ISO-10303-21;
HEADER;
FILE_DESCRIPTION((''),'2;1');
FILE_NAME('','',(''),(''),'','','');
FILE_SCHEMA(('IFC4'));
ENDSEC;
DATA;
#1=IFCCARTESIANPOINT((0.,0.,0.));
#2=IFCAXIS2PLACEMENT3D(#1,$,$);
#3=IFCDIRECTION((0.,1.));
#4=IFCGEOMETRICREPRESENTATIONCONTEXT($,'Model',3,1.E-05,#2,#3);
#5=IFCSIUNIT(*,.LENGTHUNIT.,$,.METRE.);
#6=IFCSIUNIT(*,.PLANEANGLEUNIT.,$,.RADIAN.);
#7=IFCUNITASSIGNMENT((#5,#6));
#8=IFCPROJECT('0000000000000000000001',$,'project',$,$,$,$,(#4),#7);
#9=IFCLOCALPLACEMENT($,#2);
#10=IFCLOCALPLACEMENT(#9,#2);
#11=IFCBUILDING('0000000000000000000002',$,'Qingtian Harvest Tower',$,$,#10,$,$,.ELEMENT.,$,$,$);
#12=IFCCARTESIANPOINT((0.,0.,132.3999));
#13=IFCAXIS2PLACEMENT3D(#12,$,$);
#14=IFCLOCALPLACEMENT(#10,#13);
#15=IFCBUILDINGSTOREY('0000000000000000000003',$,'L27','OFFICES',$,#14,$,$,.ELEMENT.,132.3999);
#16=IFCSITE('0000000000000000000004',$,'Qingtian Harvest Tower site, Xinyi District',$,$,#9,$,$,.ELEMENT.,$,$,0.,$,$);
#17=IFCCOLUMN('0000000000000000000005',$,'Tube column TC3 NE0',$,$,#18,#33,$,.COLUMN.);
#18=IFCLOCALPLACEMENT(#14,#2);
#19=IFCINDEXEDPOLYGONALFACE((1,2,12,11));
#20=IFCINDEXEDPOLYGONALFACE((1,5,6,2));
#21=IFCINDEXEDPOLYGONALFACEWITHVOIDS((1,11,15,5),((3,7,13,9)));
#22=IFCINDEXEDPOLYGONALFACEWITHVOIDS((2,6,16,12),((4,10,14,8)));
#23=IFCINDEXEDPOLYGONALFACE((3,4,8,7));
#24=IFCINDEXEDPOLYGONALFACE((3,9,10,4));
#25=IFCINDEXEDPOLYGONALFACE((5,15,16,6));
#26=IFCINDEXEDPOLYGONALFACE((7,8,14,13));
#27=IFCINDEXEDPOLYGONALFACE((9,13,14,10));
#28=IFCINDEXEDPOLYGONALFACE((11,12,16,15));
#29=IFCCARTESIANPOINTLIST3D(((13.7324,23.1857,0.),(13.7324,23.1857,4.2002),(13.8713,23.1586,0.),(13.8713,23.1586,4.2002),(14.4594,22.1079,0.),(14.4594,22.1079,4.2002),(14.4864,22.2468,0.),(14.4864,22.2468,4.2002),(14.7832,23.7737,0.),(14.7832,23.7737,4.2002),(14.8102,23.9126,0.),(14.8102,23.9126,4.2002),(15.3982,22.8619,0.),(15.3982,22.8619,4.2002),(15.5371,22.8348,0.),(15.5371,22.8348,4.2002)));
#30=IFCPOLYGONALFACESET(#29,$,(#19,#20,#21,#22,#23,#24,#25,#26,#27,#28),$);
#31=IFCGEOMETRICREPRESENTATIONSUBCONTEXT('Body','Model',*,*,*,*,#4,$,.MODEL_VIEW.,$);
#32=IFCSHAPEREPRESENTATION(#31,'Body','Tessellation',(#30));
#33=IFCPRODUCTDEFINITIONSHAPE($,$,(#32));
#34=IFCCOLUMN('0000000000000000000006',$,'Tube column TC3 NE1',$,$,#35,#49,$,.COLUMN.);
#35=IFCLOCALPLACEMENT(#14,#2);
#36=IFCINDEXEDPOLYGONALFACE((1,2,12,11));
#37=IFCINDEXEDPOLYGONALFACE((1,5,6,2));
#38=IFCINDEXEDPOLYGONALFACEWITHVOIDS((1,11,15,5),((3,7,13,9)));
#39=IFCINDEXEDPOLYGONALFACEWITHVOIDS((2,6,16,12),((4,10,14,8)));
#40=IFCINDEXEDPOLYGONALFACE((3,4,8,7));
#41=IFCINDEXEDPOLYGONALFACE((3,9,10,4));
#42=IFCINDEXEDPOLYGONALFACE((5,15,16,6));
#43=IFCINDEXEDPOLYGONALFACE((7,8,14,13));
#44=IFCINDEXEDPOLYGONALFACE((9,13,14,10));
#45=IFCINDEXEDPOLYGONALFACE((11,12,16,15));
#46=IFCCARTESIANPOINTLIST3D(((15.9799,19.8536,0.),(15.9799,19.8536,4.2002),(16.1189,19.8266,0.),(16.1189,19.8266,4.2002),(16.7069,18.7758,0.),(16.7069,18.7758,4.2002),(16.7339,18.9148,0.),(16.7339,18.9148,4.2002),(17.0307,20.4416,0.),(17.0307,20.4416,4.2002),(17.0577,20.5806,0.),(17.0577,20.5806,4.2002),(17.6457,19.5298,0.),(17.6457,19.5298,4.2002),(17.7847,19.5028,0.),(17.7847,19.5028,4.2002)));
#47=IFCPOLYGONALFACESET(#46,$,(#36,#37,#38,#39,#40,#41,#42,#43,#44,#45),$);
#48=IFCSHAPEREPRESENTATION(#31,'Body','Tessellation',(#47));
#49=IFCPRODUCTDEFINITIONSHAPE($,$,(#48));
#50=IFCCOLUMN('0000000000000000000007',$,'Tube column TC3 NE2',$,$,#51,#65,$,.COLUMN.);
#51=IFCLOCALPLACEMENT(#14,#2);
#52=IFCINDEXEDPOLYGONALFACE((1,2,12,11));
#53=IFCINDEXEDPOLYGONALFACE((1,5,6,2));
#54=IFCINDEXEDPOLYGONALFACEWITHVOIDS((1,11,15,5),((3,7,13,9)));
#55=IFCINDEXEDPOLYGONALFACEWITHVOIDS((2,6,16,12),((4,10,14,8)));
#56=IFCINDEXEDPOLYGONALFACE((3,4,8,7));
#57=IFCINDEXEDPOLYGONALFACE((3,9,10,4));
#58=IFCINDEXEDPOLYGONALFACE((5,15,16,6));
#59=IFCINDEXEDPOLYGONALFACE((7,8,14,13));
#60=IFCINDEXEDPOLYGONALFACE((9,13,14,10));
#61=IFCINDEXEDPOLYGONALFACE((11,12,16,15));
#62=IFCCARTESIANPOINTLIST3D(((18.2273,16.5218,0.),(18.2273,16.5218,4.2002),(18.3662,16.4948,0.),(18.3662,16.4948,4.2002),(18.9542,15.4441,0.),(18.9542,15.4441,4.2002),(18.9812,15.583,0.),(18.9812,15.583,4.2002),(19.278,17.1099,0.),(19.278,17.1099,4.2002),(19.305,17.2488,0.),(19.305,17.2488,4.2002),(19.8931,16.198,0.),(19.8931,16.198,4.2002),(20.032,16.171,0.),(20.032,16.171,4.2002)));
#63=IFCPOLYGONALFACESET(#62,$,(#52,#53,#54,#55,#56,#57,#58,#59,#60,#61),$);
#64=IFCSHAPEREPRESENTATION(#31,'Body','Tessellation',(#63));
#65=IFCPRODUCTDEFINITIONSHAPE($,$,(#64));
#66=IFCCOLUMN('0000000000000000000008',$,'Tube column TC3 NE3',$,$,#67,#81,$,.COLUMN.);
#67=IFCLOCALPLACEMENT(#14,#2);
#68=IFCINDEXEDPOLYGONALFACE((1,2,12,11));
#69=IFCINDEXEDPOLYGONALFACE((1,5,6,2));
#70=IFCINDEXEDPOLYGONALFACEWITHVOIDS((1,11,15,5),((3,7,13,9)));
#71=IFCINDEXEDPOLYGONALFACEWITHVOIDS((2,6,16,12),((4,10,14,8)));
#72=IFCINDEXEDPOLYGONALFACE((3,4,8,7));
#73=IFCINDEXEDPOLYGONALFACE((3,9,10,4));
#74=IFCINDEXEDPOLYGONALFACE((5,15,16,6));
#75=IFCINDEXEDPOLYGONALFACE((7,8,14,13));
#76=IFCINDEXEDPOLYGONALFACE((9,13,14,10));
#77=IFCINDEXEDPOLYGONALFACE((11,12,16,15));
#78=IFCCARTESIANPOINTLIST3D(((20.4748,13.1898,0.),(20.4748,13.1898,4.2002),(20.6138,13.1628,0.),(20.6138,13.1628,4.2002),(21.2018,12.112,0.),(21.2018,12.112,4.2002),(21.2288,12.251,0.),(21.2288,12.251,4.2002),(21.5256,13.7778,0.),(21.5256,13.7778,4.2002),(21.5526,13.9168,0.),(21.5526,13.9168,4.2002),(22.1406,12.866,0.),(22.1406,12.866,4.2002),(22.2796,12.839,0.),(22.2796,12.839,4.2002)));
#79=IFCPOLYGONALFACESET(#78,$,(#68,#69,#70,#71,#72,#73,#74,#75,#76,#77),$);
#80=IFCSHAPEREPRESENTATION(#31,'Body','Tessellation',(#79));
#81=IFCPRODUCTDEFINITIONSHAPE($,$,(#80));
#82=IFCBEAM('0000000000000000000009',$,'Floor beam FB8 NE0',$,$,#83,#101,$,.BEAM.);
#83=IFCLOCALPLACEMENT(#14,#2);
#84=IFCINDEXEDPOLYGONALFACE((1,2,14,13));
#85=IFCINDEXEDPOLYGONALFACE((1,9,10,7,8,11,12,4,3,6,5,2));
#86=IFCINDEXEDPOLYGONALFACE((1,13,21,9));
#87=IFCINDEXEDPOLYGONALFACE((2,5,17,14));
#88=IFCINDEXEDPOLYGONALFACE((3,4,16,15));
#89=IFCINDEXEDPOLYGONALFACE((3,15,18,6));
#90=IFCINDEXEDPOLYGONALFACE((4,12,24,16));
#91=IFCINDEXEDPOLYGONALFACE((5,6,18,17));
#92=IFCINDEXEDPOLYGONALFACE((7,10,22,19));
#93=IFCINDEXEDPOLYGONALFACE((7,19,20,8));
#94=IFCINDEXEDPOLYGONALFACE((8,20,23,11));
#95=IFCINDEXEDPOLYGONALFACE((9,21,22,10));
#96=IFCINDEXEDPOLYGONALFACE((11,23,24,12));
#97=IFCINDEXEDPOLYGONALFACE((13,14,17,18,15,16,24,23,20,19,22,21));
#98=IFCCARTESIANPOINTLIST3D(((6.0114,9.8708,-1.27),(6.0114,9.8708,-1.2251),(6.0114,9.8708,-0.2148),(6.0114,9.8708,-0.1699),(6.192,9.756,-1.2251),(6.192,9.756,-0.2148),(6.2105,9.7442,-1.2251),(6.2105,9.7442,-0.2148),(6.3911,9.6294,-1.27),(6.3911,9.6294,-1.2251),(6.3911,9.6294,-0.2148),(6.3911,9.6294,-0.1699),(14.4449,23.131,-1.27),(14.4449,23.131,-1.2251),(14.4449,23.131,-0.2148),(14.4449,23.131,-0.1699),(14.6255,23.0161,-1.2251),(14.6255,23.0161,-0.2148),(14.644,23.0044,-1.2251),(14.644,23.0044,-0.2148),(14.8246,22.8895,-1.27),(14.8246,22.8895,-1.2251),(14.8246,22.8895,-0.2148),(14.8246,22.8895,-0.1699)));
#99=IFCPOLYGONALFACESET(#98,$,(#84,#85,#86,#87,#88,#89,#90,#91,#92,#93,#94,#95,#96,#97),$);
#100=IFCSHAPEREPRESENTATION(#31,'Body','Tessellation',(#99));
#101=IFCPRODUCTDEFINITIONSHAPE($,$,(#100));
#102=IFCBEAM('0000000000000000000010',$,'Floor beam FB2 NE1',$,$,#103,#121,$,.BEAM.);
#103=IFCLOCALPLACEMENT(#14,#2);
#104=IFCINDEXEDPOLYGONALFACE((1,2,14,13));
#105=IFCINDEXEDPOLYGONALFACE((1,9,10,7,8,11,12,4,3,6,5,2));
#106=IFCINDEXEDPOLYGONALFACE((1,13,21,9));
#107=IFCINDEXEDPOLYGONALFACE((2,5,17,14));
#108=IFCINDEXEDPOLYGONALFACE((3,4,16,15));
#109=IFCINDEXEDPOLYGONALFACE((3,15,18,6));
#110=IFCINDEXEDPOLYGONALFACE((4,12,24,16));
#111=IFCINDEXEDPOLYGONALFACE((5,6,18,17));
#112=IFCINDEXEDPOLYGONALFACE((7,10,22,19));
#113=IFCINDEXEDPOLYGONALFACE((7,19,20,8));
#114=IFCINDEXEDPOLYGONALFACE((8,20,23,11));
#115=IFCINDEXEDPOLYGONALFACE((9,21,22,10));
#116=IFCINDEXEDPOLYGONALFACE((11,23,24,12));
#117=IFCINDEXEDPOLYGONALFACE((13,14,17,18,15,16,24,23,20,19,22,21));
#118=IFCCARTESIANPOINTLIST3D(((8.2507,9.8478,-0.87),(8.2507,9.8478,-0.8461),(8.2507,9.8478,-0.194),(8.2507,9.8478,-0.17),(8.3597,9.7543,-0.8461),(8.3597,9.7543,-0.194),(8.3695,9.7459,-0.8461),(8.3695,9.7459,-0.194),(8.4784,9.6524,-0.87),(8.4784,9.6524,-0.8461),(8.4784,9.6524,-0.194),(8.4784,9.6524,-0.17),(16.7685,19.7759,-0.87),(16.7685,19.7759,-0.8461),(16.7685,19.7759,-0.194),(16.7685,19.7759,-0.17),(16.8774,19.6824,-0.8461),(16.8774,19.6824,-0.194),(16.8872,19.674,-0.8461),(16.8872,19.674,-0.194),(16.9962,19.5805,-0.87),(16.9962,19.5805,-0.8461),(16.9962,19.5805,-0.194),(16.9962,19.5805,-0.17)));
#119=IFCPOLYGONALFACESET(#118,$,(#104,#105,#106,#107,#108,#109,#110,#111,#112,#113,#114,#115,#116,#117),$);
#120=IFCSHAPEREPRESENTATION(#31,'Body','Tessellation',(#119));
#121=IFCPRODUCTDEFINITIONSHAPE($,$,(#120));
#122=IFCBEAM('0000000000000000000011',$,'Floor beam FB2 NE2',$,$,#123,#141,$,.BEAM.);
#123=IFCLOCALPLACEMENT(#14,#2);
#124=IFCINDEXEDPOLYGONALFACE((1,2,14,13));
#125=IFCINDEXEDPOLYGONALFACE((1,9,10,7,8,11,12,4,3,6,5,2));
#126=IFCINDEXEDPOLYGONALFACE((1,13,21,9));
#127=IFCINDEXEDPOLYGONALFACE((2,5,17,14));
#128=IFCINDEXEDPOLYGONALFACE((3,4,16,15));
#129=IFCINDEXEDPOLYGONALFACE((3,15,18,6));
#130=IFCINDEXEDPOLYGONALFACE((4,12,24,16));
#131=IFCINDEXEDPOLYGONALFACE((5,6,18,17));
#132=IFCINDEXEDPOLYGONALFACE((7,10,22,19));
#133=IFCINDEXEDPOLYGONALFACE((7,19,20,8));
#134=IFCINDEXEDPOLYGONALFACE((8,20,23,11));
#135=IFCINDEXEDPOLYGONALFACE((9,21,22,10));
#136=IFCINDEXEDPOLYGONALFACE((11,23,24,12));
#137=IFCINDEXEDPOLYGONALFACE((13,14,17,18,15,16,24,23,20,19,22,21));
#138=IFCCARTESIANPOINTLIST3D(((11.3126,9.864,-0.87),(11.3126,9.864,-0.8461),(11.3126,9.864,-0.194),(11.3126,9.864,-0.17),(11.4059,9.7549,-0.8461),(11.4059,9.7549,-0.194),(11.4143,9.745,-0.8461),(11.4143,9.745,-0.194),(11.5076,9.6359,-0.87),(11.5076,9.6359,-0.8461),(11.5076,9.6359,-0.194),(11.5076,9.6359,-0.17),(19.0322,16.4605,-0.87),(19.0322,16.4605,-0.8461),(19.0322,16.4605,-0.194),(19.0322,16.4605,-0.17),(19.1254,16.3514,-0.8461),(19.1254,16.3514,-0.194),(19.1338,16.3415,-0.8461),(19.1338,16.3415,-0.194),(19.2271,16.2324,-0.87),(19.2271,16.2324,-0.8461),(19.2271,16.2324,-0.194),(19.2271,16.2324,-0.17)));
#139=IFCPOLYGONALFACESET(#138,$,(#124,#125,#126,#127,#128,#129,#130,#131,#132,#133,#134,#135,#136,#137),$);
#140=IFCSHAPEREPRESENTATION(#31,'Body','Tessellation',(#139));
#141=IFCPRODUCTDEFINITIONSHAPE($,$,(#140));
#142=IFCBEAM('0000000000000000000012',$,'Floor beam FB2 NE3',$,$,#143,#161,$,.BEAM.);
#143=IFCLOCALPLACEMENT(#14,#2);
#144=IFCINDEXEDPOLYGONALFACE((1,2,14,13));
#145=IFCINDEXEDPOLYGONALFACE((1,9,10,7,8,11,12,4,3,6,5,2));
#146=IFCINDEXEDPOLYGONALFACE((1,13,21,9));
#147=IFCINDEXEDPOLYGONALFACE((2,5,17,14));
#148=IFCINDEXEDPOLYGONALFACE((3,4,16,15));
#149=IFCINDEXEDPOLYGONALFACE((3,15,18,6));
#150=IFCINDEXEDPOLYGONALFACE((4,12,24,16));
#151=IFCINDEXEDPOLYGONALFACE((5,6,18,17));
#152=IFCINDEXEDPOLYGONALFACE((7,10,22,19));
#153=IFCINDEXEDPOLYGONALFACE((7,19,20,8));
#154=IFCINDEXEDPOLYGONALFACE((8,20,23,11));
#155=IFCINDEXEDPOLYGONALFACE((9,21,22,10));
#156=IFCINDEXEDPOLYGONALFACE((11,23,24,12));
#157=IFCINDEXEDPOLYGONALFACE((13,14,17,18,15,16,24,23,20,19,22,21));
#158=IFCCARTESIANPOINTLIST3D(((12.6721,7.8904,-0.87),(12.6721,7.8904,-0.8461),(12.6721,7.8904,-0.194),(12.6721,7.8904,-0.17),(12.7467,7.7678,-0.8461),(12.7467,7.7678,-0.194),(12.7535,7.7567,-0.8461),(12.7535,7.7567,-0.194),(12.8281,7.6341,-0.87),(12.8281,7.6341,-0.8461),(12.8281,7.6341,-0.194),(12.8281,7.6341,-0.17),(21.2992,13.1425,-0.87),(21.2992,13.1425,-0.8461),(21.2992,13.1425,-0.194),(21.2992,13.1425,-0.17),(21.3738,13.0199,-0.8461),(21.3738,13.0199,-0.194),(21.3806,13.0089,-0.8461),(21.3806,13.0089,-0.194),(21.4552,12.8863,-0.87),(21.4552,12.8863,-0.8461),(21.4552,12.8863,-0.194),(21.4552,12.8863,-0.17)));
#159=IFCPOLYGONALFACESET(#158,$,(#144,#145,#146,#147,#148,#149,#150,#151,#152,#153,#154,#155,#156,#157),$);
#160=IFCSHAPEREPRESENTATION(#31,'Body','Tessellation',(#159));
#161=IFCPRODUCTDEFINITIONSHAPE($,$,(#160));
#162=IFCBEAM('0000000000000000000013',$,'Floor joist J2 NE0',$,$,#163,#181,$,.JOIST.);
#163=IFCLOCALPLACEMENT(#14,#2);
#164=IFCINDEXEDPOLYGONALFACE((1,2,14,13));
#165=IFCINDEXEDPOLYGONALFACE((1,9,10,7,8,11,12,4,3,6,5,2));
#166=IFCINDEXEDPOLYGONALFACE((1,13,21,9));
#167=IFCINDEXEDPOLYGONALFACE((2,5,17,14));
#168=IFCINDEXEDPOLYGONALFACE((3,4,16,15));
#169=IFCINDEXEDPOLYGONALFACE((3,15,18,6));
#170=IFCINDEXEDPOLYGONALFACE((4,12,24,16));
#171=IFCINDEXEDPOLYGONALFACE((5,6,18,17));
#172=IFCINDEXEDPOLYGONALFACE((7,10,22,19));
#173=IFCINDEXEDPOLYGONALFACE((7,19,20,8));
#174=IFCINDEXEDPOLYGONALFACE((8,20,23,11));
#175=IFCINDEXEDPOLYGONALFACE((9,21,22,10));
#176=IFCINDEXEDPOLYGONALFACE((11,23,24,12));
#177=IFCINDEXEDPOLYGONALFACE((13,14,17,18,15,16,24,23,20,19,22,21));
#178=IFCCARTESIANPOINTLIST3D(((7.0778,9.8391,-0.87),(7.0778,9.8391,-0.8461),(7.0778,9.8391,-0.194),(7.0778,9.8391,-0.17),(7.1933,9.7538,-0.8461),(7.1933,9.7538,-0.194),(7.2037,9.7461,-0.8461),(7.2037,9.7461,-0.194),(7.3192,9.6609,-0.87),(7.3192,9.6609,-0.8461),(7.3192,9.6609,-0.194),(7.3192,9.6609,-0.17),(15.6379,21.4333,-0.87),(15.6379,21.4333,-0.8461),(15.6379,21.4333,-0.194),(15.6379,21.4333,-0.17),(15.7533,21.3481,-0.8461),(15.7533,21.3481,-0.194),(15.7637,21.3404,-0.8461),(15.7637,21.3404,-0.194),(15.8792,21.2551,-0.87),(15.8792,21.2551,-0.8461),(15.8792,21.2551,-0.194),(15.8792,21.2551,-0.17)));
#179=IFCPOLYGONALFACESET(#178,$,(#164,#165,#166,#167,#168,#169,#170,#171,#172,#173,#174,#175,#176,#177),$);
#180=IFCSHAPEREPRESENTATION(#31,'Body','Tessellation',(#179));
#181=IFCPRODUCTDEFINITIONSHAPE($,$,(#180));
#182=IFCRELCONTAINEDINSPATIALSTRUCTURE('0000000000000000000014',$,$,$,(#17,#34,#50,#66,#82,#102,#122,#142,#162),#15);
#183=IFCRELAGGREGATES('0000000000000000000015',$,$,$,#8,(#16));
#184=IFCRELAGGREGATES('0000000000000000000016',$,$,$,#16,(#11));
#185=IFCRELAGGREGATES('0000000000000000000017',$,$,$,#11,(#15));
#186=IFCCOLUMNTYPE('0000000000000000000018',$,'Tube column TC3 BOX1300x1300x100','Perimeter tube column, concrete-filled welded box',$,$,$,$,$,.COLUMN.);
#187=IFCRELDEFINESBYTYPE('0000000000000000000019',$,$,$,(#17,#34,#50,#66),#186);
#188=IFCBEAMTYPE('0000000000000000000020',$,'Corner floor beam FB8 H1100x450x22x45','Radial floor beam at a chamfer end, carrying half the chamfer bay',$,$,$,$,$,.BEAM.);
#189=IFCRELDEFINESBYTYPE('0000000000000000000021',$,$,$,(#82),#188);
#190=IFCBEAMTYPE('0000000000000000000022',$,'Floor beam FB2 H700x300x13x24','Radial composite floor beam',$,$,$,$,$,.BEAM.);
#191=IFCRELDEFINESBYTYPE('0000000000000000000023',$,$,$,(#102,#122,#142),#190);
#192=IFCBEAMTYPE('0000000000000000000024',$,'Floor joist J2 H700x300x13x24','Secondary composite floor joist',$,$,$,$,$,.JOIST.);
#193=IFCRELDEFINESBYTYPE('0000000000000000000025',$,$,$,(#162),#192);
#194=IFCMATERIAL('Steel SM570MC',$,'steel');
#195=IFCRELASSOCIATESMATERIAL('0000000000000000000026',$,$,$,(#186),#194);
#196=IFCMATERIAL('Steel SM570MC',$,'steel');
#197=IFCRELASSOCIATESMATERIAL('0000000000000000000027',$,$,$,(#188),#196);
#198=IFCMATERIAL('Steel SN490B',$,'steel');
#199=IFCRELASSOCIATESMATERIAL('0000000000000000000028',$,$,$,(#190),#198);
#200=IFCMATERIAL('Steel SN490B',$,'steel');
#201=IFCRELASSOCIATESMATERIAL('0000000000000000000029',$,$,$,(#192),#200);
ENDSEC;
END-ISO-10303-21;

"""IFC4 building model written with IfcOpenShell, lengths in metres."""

from ifc_helpers import new_model, si_unit, direction, frame, origin, origin_2d, place, context, subcontext, project, spatial, hollow_rectangle, i_section, extrude, material, material_profile, profile_set, type_object, element, save


model = new_model("IFC4")

# Units and contexts
model_context = context("Model", 3, precision=1e-05, world=origin(), true_north=direction((0.0, 1.0)))
body_context = subcontext(model_context, "Body", "Model", "MODEL_VIEW")
ifc_project = project(units=[si_unit("LENGTHUNIT", "METRE"), si_unit("PLANEANGLEUNIT", "RADIAN")], contexts=[model_context])

# Site, building, storey
site_placement = place(None, origin())
site = spatial("IfcSite", under=ifc_project, at=site_placement, Name="Qingtian Harvest Tower site, Xinyi District", CompositionType="ELEMENT", RefElevation=0.0)
building_placement = place(site_placement, origin())
building = spatial("IfcBuilding", under=site, at=building_placement, Name="Qingtian Harvest Tower", CompositionType="ELEMENT")
storey_placement = place(building_placement, frame((0.0, 0.0, 132.3999)))
storey = spatial("IfcBuildingStorey", under=building, at=storey_placement, Name="L27", Description="OFFICES", CompositionType="ELEMENT", Elevation=132.3999)

# Columns
ifc_material_1 = material(Name="Steel SM570MC", Category="steel")
ifc_material_profile_1 = material_profile(ifc_material_1, hollow_rectangle(XDim=1.3, YDim=1.3, WallThickness=0.1001, at=origin_2d()), Name="BOX1300x1300x100")
ifc_profile_set_1 = profile_set([ifc_material_profile_1], Name="Steel SM570MC")
column_type = type_object("IfcColumnType", Name="Tube column TC3 BOX1300x1300x100", Description="Perimeter tube column, concrete-filled welded box", PredefinedType="COLUMN", material=ifc_profile_set_1)
for number, where, z_axis, x_axis, name in (
    (1, (14.6348, 23.0103, 0.0), (0.0, 0.0, 1.0), (-0.559193, 0.829038, 0.0), "Tube column TC3 NE0"),
    (2, (16.8823, 19.6782, 0.0), (0.0, 0.0, 1.0), (-0.559193, 0.829038, 0.0), "Tube column TC3 NE1"),
    (3, (19.1296, 16.3464, 0.0), (0.0, 0.0, 1.0), (-0.559193, 0.829038, 0.0), "Tube column TC3 NE2"),
    (4, (21.3772, 13.0144, 0.0), (0.0, 0.0, 1.0), (-0.559193, 0.829038, 0.0), "Tube column TC3 NE3"),
):
    element("IfcColumn", number, at=place(storey_placement, frame(where, z_axis=z_axis, x_axis=x_axis)), inside=storey, type_object=column_type, Name=name, PredefinedType="COLUMN", context=body_context, shape_type="SweptSolid", body=[
        extrude(hollow_rectangle(XDim=1.3, YDim=1.3, WallThickness=0.1001, at=origin_2d()), origin(), (0.0, 0.0, 1.0), 4.2002),
    ])

# Beams
ifc_material_2 = material(Name="Steel SM570MC", Category="steel")
ifc_material_profile_2 = material_profile(ifc_material_2, i_section(OverallWidth=0.45, OverallDepth=1.1001, WebThickness=0.022, FlangeThickness=0.0449, at=origin_2d()), Name="H1100x450x22x45")
ifc_profile_set_2 = profile_set([ifc_material_profile_2], Name="Steel SM570MC")
beam_type_1 = type_object("IfcBeamType", Name="Corner floor beam FB8 H1100x450x22x45", Description="Radial floor beam at a chamfer end, carrying half the chamfer bay", PredefinedType="BEAM", material=ifc_profile_set_2)
beam_1_placement = place(storey_placement, frame((14.6348, 23.0103, -0.72), z_axis=(-0.53666, -0.843798, 0.0), x_axis=(0.843798, -0.53666, 0.0)))
element("IfcBeam", 5, at=beam_1_placement, inside=storey, type_object=beam_type_1, Name="Floor beam FB8 NE0", PredefinedType="BEAM", context=body_context, shape_type="SweptSolid", body=[
    extrude(i_section(OverallWidth=0.45, OverallDepth=1.1001, WebThickness=0.022, FlangeThickness=0.0449, at=origin_2d()), origin(), (0.0, 0.0, 1.0), 15.7148),
])
ifc_material_3 = material(Name="Steel SN490B", Category="steel")
ifc_material_profile_3 = material_profile(ifc_material_3, i_section(OverallWidth=0.3, OverallDepth=0.7, WebThickness=0.0129, FlangeThickness=0.0239, at=origin_2d()), Name="H700x300x13x24")
ifc_profile_set_3 = profile_set([ifc_material_profile_3], Name="Steel SN490B")
beam_type_2 = type_object("IfcBeamType", Name="Floor beam FB2 H700x300x13x24", Description="Radial composite floor beam", PredefinedType="BEAM", material=ifc_profile_set_3)
beam_2_placement = place(storey_placement, frame((16.8823, 19.6782, -0.52), z_axis=(-0.65114, -0.758957, 0.0), x_axis=(0.758957, -0.65114, 0.0)))
element("IfcBeam", 6, at=beam_2_placement, inside=storey, type_object=beam_type_2, Name="Floor beam FB2 NE1", PredefinedType="BEAM", context=body_context, shape_type="SweptSolid", body=[
    extrude(i_section(OverallWidth=0.3, OverallDepth=0.7, WebThickness=0.0129, FlangeThickness=0.0239, at=origin_2d()), origin(), (0.0, 0.0, 1.0), 13.0813),
])
beam_3_placement = place(storey_placement, frame((19.1296, 16.3464, -0.52), z_axis=(-0.760242, -0.64964, 0.0), x_axis=(0.64964, -0.760242, 0.0)))
element("IfcBeam", 7, at=beam_3_placement, inside=storey, type_object=beam_type_2, Name="Floor beam FB2 NE2", PredefinedType="BEAM", context=body_context, shape_type="SweptSolid", body=[
    extrude(i_section(OverallWidth=0.3, OverallDepth=0.7, WebThickness=0.0129, FlangeThickness=0.0239, at=origin_2d()), origin(), (0.0, 0.0, 1.0), 10.1541),
])
beam_4_placement = place(storey_placement, frame((21.3772, 13.0144, -0.52), z_axis=(-0.854161, -0.520009, 0.0), x_axis=(0.520009, -0.854161, 0.0)))
element("IfcBeam", 8, at=beam_4_placement, inside=storey, type_object=beam_type_2, Name="Floor beam FB2 NE3", PredefinedType="BEAM", context=body_context, shape_type="SweptSolid", body=[
    extrude(i_section(OverallWidth=0.3, OverallDepth=0.7, WebThickness=0.0129, FlangeThickness=0.0239, at=origin_2d()), origin(), (0.0, 0.0, 1.0), 10.1001),
])
ifc_material_4 = material(Name="Steel SN490B", Category="steel")
ifc_material_profile_4 = material_profile(ifc_material_4, i_section(OverallWidth=0.3, OverallDepth=0.7, WebThickness=0.0129, FlangeThickness=0.0239, at=origin_2d()), Name="H700x300x13x24")
ifc_profile_set_4 = profile_set([ifc_material_profile_4], Name="Steel SN490B")
beam_type_3 = type_object("IfcBeamType", Name="Floor joist J2 H700x300x13x24", Description="Secondary composite floor joist", PredefinedType="JOIST", material=ifc_profile_set_4)
beam_5_placement = place(storey_placement, frame((15.7585, 21.3442, -0.52), z_axis=(-0.59396, -0.804494, 0.0), x_axis=(0.804494, -0.59396, 0.0)))
element("IfcBeam", 9, at=beam_5_placement, inside=storey, type_object=beam_type_3, Name="Floor joist J2 NE0", PredefinedType="JOIST", context=body_context, shape_type="SweptSolid", body=[
    extrude(i_section(OverallWidth=0.3, OverallDepth=0.7, WebThickness=0.0129, FlangeThickness=0.0239, at=origin_2d()), origin(), (0.0, 0.0, 1.0), 14.4119),
])

save(model, "model.ifc")
